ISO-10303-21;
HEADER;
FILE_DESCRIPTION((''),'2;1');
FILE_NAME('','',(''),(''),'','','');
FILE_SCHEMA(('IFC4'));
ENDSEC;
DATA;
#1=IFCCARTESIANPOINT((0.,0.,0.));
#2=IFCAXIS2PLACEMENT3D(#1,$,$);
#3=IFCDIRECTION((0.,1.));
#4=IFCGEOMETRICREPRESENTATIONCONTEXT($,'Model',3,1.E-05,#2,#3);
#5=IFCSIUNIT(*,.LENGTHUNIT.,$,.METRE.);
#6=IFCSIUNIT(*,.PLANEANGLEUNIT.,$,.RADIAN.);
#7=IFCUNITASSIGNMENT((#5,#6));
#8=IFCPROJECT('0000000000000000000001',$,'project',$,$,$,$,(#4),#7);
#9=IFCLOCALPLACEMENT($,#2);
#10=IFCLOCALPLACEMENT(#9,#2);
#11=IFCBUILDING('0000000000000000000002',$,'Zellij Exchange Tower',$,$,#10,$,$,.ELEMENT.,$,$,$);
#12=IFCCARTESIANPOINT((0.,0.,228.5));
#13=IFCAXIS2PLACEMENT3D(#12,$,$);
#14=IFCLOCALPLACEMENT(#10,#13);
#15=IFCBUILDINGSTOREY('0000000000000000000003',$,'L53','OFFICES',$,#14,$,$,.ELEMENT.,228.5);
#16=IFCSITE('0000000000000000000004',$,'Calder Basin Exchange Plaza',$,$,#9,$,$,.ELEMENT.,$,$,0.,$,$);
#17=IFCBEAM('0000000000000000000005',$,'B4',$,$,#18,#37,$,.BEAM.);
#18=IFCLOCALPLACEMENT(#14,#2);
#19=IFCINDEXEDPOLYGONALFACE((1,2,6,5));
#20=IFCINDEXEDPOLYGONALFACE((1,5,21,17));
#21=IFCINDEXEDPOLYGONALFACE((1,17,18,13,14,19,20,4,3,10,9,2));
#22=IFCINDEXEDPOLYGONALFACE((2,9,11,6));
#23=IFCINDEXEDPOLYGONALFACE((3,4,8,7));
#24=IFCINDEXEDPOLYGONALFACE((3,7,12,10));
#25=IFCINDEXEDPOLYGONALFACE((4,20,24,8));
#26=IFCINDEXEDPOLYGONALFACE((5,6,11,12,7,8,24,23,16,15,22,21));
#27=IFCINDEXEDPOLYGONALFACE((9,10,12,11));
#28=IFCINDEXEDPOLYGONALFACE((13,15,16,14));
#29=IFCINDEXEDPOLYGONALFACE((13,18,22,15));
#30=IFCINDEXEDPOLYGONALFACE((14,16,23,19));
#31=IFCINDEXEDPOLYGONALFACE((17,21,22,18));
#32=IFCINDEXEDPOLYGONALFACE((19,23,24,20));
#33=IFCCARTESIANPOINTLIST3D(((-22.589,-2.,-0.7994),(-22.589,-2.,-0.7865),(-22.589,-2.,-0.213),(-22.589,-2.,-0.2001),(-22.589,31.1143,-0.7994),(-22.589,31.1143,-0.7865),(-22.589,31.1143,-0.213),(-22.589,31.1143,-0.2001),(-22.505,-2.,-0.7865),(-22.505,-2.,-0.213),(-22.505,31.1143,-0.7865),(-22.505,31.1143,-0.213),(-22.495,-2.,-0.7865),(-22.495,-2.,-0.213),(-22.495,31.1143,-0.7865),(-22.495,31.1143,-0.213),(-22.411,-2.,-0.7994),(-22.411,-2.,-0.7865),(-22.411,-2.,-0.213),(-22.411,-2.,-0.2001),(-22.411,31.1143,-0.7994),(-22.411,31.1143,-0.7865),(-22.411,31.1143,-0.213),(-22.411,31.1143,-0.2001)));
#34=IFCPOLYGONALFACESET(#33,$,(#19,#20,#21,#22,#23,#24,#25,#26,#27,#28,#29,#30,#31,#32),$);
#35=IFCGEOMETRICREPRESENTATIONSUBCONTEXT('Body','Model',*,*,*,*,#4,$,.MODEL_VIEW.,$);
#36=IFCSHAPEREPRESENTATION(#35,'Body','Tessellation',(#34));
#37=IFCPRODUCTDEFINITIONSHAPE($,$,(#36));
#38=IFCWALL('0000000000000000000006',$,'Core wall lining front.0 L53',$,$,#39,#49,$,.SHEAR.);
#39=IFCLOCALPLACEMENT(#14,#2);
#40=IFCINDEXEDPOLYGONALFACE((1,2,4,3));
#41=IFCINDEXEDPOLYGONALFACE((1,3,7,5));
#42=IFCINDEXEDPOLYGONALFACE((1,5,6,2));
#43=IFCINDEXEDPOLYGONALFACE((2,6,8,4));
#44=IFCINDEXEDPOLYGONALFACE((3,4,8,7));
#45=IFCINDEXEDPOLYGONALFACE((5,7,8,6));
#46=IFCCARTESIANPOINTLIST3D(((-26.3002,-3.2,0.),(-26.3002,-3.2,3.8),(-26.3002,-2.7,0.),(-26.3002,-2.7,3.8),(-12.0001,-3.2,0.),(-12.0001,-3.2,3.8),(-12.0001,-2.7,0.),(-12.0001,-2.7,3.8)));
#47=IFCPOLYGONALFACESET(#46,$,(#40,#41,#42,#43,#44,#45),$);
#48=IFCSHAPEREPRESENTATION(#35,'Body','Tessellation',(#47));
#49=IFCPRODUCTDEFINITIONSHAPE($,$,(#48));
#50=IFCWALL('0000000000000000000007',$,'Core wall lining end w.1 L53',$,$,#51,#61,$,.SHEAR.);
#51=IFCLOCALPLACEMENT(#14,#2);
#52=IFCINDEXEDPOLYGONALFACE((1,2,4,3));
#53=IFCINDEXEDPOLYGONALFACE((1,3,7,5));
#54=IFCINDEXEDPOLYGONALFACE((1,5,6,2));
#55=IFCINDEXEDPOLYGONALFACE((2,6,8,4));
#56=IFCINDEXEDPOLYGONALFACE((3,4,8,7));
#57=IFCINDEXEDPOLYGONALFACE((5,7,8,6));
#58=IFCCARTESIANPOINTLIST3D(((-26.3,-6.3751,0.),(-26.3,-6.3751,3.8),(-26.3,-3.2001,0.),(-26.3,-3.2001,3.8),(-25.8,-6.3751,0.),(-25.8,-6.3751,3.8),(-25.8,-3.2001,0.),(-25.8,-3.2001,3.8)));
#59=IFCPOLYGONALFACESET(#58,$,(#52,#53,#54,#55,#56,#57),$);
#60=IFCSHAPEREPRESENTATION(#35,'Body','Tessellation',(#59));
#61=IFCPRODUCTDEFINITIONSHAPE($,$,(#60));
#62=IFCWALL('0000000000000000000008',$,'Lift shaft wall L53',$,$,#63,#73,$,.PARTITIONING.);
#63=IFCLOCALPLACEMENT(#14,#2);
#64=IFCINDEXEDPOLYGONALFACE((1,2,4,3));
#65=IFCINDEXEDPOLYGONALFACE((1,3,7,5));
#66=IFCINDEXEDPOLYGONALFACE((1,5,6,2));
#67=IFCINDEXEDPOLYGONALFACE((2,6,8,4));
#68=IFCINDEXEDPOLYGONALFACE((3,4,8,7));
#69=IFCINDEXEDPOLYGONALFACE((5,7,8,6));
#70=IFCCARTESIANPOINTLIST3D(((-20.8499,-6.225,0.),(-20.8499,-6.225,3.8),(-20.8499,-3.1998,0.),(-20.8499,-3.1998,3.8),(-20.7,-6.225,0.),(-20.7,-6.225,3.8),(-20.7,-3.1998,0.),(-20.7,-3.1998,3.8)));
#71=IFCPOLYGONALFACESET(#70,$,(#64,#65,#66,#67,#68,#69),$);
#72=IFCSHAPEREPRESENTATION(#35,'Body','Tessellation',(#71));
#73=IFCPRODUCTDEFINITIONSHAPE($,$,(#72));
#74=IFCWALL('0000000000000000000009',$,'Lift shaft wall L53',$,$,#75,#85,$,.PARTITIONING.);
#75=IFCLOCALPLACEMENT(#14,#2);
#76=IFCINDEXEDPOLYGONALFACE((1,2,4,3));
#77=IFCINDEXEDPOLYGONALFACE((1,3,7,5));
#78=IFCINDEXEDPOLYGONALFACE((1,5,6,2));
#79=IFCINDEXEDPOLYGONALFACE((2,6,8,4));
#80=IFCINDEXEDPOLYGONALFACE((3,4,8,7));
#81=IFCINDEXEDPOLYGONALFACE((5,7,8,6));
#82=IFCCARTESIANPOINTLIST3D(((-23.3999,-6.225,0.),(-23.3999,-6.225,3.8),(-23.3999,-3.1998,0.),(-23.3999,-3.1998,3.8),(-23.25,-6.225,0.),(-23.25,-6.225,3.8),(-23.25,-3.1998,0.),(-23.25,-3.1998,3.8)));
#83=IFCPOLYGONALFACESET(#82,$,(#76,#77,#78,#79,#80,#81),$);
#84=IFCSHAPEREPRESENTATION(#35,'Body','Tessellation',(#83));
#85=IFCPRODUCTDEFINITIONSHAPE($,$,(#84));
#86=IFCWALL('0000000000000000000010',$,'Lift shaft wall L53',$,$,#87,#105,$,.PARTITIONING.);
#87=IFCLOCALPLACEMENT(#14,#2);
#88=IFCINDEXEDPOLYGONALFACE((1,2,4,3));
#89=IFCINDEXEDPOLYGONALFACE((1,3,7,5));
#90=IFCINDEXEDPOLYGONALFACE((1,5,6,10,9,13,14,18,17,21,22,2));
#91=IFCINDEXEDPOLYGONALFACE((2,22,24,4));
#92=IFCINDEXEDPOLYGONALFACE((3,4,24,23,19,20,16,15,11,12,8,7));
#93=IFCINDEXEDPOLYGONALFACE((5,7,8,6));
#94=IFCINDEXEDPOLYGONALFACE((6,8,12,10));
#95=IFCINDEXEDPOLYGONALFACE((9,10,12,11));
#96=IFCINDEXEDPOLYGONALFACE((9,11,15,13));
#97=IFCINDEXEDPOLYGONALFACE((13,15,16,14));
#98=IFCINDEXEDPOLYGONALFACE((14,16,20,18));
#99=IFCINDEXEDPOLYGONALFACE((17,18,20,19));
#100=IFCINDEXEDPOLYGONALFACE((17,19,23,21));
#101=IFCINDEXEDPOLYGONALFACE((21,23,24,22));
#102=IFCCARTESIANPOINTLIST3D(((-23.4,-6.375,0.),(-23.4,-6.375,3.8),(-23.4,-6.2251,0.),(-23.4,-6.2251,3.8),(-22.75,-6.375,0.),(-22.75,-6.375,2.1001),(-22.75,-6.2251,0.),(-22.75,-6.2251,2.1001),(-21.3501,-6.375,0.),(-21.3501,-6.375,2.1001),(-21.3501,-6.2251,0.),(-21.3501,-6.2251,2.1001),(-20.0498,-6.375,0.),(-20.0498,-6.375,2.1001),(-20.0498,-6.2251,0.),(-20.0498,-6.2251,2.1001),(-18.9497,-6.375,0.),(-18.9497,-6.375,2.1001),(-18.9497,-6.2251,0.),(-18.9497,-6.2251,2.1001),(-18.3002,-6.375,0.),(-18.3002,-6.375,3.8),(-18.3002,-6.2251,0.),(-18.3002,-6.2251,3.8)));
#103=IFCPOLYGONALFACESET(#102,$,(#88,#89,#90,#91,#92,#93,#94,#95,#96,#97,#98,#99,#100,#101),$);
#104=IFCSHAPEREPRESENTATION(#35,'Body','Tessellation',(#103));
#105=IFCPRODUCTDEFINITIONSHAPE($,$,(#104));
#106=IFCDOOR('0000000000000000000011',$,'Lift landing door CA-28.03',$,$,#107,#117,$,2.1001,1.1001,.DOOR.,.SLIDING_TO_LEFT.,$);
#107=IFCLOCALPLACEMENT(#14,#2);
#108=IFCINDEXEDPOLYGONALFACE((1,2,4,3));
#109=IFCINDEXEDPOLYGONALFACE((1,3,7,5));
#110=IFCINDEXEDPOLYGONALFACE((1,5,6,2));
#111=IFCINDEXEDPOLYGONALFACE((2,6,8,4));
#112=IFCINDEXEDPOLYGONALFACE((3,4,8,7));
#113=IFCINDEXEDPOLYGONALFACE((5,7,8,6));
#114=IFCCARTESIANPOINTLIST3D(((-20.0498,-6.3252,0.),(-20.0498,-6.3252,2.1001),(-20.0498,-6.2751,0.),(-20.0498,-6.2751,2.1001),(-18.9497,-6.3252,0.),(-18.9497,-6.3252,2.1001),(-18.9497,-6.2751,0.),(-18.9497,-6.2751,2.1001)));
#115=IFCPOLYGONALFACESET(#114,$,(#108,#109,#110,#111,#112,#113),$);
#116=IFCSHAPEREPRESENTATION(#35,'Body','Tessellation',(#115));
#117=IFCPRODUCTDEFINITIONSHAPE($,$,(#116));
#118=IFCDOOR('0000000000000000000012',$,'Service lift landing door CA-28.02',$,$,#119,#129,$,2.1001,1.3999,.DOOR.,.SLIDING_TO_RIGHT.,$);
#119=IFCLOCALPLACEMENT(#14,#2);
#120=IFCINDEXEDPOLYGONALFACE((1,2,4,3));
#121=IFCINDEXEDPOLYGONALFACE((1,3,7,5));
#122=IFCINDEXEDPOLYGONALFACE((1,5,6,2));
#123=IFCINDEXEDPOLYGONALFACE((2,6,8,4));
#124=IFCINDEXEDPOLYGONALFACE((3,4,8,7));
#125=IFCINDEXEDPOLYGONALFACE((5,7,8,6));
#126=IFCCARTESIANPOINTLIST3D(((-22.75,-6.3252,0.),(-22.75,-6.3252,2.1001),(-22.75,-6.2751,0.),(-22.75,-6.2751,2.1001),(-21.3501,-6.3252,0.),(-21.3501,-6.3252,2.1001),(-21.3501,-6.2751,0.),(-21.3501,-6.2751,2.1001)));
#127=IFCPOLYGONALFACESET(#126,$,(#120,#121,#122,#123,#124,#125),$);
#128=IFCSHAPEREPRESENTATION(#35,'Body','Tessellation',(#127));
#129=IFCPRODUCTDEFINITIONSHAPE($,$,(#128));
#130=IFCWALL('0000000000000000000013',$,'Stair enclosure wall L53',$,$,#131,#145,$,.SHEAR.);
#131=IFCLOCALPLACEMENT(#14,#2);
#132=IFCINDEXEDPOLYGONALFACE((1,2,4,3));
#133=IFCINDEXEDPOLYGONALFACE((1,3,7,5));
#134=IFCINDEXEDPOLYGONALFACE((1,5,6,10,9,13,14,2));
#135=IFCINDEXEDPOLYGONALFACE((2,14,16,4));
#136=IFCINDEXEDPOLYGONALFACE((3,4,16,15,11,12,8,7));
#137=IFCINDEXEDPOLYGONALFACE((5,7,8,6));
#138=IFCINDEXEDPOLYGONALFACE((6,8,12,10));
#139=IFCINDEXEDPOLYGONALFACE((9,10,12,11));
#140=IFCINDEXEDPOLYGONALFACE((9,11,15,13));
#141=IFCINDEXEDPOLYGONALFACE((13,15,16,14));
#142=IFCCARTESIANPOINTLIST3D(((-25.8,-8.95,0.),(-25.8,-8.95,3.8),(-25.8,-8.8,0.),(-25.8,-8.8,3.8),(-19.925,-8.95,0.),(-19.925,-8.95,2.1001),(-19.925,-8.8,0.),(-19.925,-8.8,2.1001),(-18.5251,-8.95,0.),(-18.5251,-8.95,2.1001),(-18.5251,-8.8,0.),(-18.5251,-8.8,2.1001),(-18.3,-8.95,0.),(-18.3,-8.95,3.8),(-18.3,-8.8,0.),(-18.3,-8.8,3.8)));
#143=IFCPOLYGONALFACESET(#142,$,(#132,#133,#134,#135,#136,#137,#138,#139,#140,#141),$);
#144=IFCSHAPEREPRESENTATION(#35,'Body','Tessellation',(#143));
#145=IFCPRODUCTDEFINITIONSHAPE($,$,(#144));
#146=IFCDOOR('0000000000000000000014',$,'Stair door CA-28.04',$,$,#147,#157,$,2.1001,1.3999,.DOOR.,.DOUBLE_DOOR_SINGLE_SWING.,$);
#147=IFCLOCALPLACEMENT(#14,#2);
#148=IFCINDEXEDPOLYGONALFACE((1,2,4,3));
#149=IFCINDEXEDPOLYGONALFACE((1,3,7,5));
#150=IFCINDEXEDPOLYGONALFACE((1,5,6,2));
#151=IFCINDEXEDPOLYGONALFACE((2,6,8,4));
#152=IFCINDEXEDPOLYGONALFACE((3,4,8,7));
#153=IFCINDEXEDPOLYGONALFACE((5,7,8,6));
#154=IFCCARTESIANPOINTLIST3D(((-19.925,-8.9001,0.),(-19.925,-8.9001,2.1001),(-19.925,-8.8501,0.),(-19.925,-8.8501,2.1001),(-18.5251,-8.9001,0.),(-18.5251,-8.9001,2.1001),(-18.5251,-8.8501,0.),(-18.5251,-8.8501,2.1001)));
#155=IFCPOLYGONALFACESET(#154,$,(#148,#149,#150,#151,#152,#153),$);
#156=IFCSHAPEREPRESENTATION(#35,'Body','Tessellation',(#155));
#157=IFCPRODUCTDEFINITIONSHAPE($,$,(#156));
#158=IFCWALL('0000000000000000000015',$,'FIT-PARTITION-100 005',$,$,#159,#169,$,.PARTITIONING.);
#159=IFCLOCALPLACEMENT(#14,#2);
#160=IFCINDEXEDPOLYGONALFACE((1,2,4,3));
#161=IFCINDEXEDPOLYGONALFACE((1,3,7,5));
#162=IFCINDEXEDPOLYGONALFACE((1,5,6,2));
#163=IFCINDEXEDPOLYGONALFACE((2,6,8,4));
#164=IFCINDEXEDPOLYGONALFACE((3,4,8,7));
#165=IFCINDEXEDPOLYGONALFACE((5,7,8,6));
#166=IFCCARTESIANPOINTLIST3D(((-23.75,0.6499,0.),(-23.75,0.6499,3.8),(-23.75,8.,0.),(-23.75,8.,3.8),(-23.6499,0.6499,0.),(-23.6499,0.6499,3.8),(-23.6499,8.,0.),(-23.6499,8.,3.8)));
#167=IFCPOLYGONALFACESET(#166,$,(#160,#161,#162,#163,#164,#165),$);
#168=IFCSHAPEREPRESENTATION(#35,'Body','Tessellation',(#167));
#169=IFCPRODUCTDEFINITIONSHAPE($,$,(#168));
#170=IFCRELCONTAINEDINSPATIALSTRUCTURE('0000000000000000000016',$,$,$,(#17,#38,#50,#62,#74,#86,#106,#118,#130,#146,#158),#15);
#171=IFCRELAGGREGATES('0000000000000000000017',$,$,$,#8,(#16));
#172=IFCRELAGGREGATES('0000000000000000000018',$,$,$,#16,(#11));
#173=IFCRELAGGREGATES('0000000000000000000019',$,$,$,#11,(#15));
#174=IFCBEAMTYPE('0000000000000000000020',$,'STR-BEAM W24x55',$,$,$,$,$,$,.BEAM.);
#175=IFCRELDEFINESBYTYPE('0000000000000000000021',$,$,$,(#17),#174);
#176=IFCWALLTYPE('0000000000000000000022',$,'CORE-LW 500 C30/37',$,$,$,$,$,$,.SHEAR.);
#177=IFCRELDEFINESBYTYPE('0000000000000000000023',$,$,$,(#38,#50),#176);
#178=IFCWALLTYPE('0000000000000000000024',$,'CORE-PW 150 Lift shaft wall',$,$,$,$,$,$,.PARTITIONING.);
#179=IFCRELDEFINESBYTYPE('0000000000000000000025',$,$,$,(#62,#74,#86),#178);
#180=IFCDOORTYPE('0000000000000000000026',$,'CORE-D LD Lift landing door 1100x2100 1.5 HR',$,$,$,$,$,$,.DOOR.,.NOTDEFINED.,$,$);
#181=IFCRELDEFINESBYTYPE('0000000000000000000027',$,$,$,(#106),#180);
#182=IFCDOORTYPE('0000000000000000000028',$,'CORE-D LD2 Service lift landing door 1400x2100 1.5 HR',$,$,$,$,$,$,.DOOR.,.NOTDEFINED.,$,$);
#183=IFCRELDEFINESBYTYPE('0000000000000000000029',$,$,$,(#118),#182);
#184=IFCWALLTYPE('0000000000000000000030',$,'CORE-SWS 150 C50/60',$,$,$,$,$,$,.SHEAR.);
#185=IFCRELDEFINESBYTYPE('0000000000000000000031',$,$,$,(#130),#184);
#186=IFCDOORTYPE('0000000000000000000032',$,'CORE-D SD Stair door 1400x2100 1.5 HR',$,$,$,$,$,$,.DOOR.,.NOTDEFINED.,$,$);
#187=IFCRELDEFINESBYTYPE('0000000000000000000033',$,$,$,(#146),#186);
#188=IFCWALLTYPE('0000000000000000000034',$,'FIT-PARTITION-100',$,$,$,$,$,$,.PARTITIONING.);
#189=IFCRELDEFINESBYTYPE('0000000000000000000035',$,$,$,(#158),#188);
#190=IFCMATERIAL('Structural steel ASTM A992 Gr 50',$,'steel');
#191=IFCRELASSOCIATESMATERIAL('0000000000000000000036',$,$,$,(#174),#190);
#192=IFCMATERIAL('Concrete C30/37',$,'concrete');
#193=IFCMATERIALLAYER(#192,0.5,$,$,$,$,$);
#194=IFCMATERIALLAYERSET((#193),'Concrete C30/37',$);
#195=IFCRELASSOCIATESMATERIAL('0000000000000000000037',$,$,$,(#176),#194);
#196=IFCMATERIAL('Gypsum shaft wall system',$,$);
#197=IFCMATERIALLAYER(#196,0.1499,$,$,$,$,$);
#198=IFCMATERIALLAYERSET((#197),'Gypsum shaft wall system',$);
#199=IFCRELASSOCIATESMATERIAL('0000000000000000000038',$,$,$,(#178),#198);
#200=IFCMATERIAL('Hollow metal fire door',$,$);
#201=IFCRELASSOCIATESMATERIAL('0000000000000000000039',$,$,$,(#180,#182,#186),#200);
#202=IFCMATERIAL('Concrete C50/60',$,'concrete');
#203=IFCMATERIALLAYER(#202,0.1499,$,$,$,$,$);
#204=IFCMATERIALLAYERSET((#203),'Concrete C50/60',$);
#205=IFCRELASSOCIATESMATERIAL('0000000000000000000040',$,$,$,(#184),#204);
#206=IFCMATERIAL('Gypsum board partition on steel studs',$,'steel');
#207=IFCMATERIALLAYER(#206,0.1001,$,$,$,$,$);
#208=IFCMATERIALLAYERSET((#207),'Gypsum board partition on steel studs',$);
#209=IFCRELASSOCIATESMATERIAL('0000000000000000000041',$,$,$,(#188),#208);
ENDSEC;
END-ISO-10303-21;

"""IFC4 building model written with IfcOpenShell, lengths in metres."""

from ifc_helpers import new_model, si_unit, direction, frame, frame_2d, origin, origin_2d, place, context, subcontext, project, spatial, rectangle, i_section, extrude, material, layer, layer_set, material_profile, profile_set, type_object, element, fill, save


model = new_model("IFC4")

# Units and contexts
model_context = context("Model", 3, precision=1e-05, world=origin(), true_north=direction((0.0, 1.0)))
body_context = subcontext(model_context, "Body", "Model", "MODEL_VIEW")
ifc_project = project(units=[si_unit("LENGTHUNIT", "METRE"), si_unit("PLANEANGLEUNIT", "RADIAN")], contexts=[model_context])

# Site, building, storey
site_placement = place(None, origin())
site = spatial("IfcSite", under=ifc_project, at=site_placement, Name="Calder Basin Exchange Plaza", CompositionType="ELEMENT", RefElevation=0.0)
building_placement = place(site_placement, origin())
building = spatial("IfcBuilding", under=site, at=building_placement, Name="Zellij Exchange Tower", CompositionType="ELEMENT")
storey_placement = place(building_placement, frame((0.0, 0.0, 228.5)))
storey = spatial("IfcBuildingStorey", under=building, at=storey_placement, Name="L53", Description="OFFICES", CompositionType="ELEMENT", Elevation=228.5)

# Beam
ifc_material_1 = material(Name="Structural steel ASTM A992 Gr 50", Category="steel")
ifc_material_profile = material_profile(ifc_material_1, i_section(OverallWidth=0.178, OverallDepth=0.5994, WebThickness=0.01, FlangeThickness=0.0129, at=origin_2d()), Name="W24x55")
ifc_profile_set = profile_set([ifc_material_profile], Name="Structural steel ASTM A992 Gr 50")
beam_type = type_object("IfcBeamType", Name="STR-BEAM W24x55", PredefinedType="BEAM", material=ifc_profile_set)
beam_placement = place(storey_placement, frame((-22.5, -2.0, -0.4998), z_axis=(0.0, 1.0, 0.0), x_axis=(-1.0, 0.0, 0.0)))
element("IfcBeam", 1, at=beam_placement, inside=storey, type_object=beam_type, Name="B4", PredefinedType="BEAM", context=body_context, shape_type="SweptSolid", body=[
    extrude(i_section(OverallWidth=0.178, OverallDepth=0.5994, WebThickness=0.01, FlangeThickness=0.0129, at=origin_2d()), origin(), (0.0, 0.0, 1.0), 33.1143),
])

# Walls
ifc_material_2 = material(Name="Concrete C30/37", Category="concrete")
ifc_layer_1 = layer(ifc_material_2, 0.5)
ifc_layer_set_1 = layer_set([ifc_layer_1], Name="Concrete C30/37")
wall_type_1 = type_object("IfcWallType", Name="CORE-LW 500 C30/37", PredefinedType="SHEAR", material=ifc_layer_set_1)
wall_1_placement = place(storey_placement, frame((-26.3, -2.95, 0.0), z_axis=(0.0, 0.0, 1.0), x_axis=(1.0, 0.0, 0.0)))
element("IfcWall", 2, at=wall_1_placement, inside=storey, type_object=wall_type_1, Name="Core wall lining front.0 L53", PredefinedType="SHEAR", context=body_context, shape_type="SweptSolid", body=[
    extrude(rectangle(XDim=14.3, YDim=0.5, at=frame_2d((7.1499, 0.0))), origin(), (0.0, 0.0, 1.0), 3.8),
])
wall_2_placement = place(storey_placement, frame((-26.05, -6.375, 0.0), z_axis=(0.0, 0.0, 1.0), x_axis=(0.0, 1.0, 0.0)))
element("IfcWall", 3, at=wall_2_placement, inside=storey, type_object=wall_type_1, Name="Core wall lining end w.1 L53", PredefinedType="SHEAR", context=body_context, shape_type="SweptSolid", body=[
    extrude(rectangle(XDim=3.175, YDim=0.5, at=frame_2d((1.5874, 0.0))), origin(), (0.0, 0.0, 1.0), 3.8),
])
ifc_material_3 = material(Name="Gypsum shaft wall system")
ifc_layer_2 = layer(ifc_material_3, 0.1499)
ifc_layer_set_2 = layer_set([ifc_layer_2], Name="Gypsum shaft wall system")
wall_type_2 = type_object("IfcWallType", Name="CORE-PW 150 Lift shaft wall", PredefinedType="PARTITIONING", material=ifc_layer_set_2)
for number, where, z_axis, x_axis, name in (
    (4, (-20.7749, -6.2251, 0.0), (0.0, 0.0, 1.0), (0.0, 1.0, 0.0), "Lift shaft wall L53"),
    (5, (-23.325, -6.2251, 0.0), (0.0, 0.0, 1.0), (0.0, 1.0, 0.0), "Lift shaft wall L53"),
):
    element("IfcWall", number, at=place(storey_placement, frame(where, z_axis=z_axis, x_axis=x_axis)), inside=storey, type_object=wall_type_2, Name=name, PredefinedType="PARTITIONING", context=body_context, shape_type="SweptSolid", body=[
        extrude(rectangle(XDim=3.0251, YDim=0.1499, at=frame_2d((1.5127, 0.0))), origin(), (0.0, 0.0, 1.0), 3.8),
    ])

# Wall, openings, doors
wall_3_placement = place(storey_placement, frame((-23.3999, -6.3, 0.0), z_axis=(0.0, 0.0, 1.0), x_axis=(1.0, 0.0, 0.0)))
wall_3 = element("IfcWall", 6, at=wall_3_placement, inside=storey, type_object=wall_type_2, Name="Lift shaft wall L53", PredefinedType="PARTITIONING", context=body_context, shape_type="SweptSolid", body=[
    extrude(rectangle(XDim=5.0999, YDim=0.1499, at=frame_2d((2.5498, 0.0))), origin(), (0.0, 0.0, 1.0), 3.8),
])
opening_1_placement = place(wall_3_placement, frame((0.6499, 0.0, 0.0)))
opening_1 = element("IfcOpeningElement", 7, at=opening_1_placement, cuts=wall_3, PredefinedType="OPENING", context=body_context, shape_type="SweptSolid", body=[
    extrude(rectangle(XDim=1.3999, YDim=2.1001, at=frame_2d((0.7, 1.05))), frame((0.0, 0.0869, 0.0), z_axis=(0.0, -1.0, 0.0), x_axis=(1.0, 0.0, 0.0)), (0.0, 0.0, 1.0), 0.1738),
])
opening_2_placement = place(wall_3_placement, frame((3.3501, 0.0, 0.0)))
opening_2 = element("IfcOpeningElement", 8, at=opening_2_placement, cuts=wall_3, PredefinedType="OPENING", context=body_context, shape_type="SweptSolid", body=[
    extrude(rectangle(XDim=1.1001, YDim=2.1001, at=frame_2d((0.55, 1.05))), frame((0.0, 0.0869, 0.0), z_axis=(0.0, -1.0, 0.0), x_axis=(1.0, 0.0, 0.0)), (0.0, 0.0, 1.0), 0.1738),
])
ifc_material_4 = material(Name="Hollow metal fire door")
door_type_1 = type_object("IfcDoorType", Name="CORE-D LD Lift landing door 1100x2100 1.5 HR", OperationType="NOTDEFINED", PredefinedType="DOOR", material=ifc_material_4)
door_1_placement = place(opening_2_placement, origin())
door_1 = element("IfcDoor", 9, at=door_1_placement, inside=storey, type_object=door_type_1, Name="Lift landing door CA-28.03", OperationType="SLIDING_TO_LEFT", OverallHeight=2.1001, OverallWidth=1.1001, PredefinedType="DOOR", context=body_context, shape_type="SweptSolid", body=[
    extrude(rectangle(XDim=1.1001, YDim=2.1001, at=frame_2d((0.55, 1.05))), frame((0.0, 0.0249, 0.0), z_axis=(0.0, -1.0, 0.0), x_axis=(1.0, 0.0, 0.0)), (0.0, 0.0, 1.0), 0.05),
])
fill(opening_2, door_1)
door_type_2 = type_object("IfcDoorType", Name="CORE-D LD2 Service lift landing door 1400x2100 1.5 HR", OperationType="NOTDEFINED", PredefinedType="DOOR", material=ifc_material_4)
door_2_placement = place(opening_1_placement, origin())
door_2 = element("IfcDoor", 10, at=door_2_placement, inside=storey, type_object=door_type_2, Name="Service lift landing door CA-28.02", OperationType="SLIDING_TO_RIGHT", OverallHeight=2.1001, OverallWidth=1.3999, PredefinedType="DOOR", context=body_context, shape_type="SweptSolid", body=[
    extrude(rectangle(XDim=1.3999, YDim=2.1001, at=frame_2d((0.7, 1.05))), frame((0.0, 0.0249, 0.0), z_axis=(0.0, -1.0, 0.0), x_axis=(1.0, 0.0, 0.0)), (0.0, 0.0, 1.0), 0.05),
])
fill(opening_1, door_2)

# Wall, opening, door
ifc_material_5 = material(Name="Concrete C50/60", Category="concrete")
ifc_layer_3 = layer(ifc_material_5, 0.1499)
ifc_layer_set_3 = layer_set([ifc_layer_3], Name="Concrete C50/60")
wall_type_3 = type_object("IfcWallType", Name="CORE-SWS 150 C50/60", PredefinedType="SHEAR", material=ifc_layer_set_3)
wall_4_placement = place(storey_placement, frame((-25.8, -8.875, 0.0), z_axis=(0.0, 0.0, 1.0), x_axis=(1.0, 0.0, 0.0)))
wall_4 = element("IfcWall", 11, at=wall_4_placement, inside=storey, type_object=wall_type_3, Name="Stair enclosure wall L53", PredefinedType="SHEAR", context=body_context, shape_type="SweptSolid", body=[
    extrude(rectangle(XDim=7.5, YDim=0.1499, at=frame_2d((3.75, 0.0))), origin(), (0.0, 0.0, 1.0), 3.8),
])
opening_3_placement = place(wall_4_placement, frame((5.875, 0.0, 0.0)))
opening_3 = element("IfcOpeningElement", 12, at=opening_3_placement, cuts=wall_4, PredefinedType="OPENING", context=body_context, shape_type="SweptSolid", body=[
    extrude(rectangle(XDim=1.3999, YDim=2.1001, at=frame_2d((0.7, 1.05))), frame((0.0, 0.0869, 0.0), z_axis=(0.0, -1.0, 0.0), x_axis=(1.0, 0.0, 0.0)), (0.0, 0.0, 1.0), 0.1738),
])
door_type_3 = type_object("IfcDoorType", Name="CORE-D SD Stair door 1400x2100 1.5 HR", OperationType="NOTDEFINED", PredefinedType="DOOR", material=ifc_material_4)
door_3_placement = place(opening_3_placement, origin())
door_3 = element("IfcDoor", 13, at=door_3_placement, inside=storey, type_object=door_type_3, Name="Stair door CA-28.04", OperationType="DOUBLE_DOOR_SINGLE_SWING", OverallHeight=2.1001, OverallWidth=1.3999, PredefinedType="DOOR", context=body_context, shape_type="SweptSolid", body=[
    extrude(rectangle(XDim=1.3999, YDim=2.1001, at=frame_2d((0.7, 1.05))), frame((0.0, 0.0249, 0.0), z_axis=(0.0, -1.0, 0.0), x_axis=(1.0, 0.0, 0.0)), (0.0, 0.0, 1.0), 0.05),
])
fill(opening_3, door_3)

# Wall
ifc_material_6 = material(Name="Gypsum board partition on steel studs", Category="steel")
ifc_layer_4 = layer(ifc_material_6, 0.1001)
ifc_layer_set_4 = layer_set([ifc_layer_4], Name="Gypsum board partition on steel studs")
wall_type_4 = type_object("IfcWallType", Name="FIT-PARTITION-100", PredefinedType="PARTITIONING", material=ifc_layer_set_4)
wall_5_placement = place(storey_placement, frame((-23.7, 0.6499, 0.0), z_axis=(0.0, 0.0, 1.0), x_axis=(0.0, 1.0, 0.0)))
element("IfcWall", 14, at=wall_5_placement, inside=storey, type_object=wall_type_4, Name="FIT-PARTITION-100 005", PredefinedType="PARTITIONING", context=body_context, shape_type="SweptSolid", body=[
    extrude(rectangle(XDim=7.3501, YDim=0.1001, at=frame_2d((3.675, 0.0))), origin(), (0.0, 0.0, 1.0), 3.8),
])

save(model, "model.ifc")
